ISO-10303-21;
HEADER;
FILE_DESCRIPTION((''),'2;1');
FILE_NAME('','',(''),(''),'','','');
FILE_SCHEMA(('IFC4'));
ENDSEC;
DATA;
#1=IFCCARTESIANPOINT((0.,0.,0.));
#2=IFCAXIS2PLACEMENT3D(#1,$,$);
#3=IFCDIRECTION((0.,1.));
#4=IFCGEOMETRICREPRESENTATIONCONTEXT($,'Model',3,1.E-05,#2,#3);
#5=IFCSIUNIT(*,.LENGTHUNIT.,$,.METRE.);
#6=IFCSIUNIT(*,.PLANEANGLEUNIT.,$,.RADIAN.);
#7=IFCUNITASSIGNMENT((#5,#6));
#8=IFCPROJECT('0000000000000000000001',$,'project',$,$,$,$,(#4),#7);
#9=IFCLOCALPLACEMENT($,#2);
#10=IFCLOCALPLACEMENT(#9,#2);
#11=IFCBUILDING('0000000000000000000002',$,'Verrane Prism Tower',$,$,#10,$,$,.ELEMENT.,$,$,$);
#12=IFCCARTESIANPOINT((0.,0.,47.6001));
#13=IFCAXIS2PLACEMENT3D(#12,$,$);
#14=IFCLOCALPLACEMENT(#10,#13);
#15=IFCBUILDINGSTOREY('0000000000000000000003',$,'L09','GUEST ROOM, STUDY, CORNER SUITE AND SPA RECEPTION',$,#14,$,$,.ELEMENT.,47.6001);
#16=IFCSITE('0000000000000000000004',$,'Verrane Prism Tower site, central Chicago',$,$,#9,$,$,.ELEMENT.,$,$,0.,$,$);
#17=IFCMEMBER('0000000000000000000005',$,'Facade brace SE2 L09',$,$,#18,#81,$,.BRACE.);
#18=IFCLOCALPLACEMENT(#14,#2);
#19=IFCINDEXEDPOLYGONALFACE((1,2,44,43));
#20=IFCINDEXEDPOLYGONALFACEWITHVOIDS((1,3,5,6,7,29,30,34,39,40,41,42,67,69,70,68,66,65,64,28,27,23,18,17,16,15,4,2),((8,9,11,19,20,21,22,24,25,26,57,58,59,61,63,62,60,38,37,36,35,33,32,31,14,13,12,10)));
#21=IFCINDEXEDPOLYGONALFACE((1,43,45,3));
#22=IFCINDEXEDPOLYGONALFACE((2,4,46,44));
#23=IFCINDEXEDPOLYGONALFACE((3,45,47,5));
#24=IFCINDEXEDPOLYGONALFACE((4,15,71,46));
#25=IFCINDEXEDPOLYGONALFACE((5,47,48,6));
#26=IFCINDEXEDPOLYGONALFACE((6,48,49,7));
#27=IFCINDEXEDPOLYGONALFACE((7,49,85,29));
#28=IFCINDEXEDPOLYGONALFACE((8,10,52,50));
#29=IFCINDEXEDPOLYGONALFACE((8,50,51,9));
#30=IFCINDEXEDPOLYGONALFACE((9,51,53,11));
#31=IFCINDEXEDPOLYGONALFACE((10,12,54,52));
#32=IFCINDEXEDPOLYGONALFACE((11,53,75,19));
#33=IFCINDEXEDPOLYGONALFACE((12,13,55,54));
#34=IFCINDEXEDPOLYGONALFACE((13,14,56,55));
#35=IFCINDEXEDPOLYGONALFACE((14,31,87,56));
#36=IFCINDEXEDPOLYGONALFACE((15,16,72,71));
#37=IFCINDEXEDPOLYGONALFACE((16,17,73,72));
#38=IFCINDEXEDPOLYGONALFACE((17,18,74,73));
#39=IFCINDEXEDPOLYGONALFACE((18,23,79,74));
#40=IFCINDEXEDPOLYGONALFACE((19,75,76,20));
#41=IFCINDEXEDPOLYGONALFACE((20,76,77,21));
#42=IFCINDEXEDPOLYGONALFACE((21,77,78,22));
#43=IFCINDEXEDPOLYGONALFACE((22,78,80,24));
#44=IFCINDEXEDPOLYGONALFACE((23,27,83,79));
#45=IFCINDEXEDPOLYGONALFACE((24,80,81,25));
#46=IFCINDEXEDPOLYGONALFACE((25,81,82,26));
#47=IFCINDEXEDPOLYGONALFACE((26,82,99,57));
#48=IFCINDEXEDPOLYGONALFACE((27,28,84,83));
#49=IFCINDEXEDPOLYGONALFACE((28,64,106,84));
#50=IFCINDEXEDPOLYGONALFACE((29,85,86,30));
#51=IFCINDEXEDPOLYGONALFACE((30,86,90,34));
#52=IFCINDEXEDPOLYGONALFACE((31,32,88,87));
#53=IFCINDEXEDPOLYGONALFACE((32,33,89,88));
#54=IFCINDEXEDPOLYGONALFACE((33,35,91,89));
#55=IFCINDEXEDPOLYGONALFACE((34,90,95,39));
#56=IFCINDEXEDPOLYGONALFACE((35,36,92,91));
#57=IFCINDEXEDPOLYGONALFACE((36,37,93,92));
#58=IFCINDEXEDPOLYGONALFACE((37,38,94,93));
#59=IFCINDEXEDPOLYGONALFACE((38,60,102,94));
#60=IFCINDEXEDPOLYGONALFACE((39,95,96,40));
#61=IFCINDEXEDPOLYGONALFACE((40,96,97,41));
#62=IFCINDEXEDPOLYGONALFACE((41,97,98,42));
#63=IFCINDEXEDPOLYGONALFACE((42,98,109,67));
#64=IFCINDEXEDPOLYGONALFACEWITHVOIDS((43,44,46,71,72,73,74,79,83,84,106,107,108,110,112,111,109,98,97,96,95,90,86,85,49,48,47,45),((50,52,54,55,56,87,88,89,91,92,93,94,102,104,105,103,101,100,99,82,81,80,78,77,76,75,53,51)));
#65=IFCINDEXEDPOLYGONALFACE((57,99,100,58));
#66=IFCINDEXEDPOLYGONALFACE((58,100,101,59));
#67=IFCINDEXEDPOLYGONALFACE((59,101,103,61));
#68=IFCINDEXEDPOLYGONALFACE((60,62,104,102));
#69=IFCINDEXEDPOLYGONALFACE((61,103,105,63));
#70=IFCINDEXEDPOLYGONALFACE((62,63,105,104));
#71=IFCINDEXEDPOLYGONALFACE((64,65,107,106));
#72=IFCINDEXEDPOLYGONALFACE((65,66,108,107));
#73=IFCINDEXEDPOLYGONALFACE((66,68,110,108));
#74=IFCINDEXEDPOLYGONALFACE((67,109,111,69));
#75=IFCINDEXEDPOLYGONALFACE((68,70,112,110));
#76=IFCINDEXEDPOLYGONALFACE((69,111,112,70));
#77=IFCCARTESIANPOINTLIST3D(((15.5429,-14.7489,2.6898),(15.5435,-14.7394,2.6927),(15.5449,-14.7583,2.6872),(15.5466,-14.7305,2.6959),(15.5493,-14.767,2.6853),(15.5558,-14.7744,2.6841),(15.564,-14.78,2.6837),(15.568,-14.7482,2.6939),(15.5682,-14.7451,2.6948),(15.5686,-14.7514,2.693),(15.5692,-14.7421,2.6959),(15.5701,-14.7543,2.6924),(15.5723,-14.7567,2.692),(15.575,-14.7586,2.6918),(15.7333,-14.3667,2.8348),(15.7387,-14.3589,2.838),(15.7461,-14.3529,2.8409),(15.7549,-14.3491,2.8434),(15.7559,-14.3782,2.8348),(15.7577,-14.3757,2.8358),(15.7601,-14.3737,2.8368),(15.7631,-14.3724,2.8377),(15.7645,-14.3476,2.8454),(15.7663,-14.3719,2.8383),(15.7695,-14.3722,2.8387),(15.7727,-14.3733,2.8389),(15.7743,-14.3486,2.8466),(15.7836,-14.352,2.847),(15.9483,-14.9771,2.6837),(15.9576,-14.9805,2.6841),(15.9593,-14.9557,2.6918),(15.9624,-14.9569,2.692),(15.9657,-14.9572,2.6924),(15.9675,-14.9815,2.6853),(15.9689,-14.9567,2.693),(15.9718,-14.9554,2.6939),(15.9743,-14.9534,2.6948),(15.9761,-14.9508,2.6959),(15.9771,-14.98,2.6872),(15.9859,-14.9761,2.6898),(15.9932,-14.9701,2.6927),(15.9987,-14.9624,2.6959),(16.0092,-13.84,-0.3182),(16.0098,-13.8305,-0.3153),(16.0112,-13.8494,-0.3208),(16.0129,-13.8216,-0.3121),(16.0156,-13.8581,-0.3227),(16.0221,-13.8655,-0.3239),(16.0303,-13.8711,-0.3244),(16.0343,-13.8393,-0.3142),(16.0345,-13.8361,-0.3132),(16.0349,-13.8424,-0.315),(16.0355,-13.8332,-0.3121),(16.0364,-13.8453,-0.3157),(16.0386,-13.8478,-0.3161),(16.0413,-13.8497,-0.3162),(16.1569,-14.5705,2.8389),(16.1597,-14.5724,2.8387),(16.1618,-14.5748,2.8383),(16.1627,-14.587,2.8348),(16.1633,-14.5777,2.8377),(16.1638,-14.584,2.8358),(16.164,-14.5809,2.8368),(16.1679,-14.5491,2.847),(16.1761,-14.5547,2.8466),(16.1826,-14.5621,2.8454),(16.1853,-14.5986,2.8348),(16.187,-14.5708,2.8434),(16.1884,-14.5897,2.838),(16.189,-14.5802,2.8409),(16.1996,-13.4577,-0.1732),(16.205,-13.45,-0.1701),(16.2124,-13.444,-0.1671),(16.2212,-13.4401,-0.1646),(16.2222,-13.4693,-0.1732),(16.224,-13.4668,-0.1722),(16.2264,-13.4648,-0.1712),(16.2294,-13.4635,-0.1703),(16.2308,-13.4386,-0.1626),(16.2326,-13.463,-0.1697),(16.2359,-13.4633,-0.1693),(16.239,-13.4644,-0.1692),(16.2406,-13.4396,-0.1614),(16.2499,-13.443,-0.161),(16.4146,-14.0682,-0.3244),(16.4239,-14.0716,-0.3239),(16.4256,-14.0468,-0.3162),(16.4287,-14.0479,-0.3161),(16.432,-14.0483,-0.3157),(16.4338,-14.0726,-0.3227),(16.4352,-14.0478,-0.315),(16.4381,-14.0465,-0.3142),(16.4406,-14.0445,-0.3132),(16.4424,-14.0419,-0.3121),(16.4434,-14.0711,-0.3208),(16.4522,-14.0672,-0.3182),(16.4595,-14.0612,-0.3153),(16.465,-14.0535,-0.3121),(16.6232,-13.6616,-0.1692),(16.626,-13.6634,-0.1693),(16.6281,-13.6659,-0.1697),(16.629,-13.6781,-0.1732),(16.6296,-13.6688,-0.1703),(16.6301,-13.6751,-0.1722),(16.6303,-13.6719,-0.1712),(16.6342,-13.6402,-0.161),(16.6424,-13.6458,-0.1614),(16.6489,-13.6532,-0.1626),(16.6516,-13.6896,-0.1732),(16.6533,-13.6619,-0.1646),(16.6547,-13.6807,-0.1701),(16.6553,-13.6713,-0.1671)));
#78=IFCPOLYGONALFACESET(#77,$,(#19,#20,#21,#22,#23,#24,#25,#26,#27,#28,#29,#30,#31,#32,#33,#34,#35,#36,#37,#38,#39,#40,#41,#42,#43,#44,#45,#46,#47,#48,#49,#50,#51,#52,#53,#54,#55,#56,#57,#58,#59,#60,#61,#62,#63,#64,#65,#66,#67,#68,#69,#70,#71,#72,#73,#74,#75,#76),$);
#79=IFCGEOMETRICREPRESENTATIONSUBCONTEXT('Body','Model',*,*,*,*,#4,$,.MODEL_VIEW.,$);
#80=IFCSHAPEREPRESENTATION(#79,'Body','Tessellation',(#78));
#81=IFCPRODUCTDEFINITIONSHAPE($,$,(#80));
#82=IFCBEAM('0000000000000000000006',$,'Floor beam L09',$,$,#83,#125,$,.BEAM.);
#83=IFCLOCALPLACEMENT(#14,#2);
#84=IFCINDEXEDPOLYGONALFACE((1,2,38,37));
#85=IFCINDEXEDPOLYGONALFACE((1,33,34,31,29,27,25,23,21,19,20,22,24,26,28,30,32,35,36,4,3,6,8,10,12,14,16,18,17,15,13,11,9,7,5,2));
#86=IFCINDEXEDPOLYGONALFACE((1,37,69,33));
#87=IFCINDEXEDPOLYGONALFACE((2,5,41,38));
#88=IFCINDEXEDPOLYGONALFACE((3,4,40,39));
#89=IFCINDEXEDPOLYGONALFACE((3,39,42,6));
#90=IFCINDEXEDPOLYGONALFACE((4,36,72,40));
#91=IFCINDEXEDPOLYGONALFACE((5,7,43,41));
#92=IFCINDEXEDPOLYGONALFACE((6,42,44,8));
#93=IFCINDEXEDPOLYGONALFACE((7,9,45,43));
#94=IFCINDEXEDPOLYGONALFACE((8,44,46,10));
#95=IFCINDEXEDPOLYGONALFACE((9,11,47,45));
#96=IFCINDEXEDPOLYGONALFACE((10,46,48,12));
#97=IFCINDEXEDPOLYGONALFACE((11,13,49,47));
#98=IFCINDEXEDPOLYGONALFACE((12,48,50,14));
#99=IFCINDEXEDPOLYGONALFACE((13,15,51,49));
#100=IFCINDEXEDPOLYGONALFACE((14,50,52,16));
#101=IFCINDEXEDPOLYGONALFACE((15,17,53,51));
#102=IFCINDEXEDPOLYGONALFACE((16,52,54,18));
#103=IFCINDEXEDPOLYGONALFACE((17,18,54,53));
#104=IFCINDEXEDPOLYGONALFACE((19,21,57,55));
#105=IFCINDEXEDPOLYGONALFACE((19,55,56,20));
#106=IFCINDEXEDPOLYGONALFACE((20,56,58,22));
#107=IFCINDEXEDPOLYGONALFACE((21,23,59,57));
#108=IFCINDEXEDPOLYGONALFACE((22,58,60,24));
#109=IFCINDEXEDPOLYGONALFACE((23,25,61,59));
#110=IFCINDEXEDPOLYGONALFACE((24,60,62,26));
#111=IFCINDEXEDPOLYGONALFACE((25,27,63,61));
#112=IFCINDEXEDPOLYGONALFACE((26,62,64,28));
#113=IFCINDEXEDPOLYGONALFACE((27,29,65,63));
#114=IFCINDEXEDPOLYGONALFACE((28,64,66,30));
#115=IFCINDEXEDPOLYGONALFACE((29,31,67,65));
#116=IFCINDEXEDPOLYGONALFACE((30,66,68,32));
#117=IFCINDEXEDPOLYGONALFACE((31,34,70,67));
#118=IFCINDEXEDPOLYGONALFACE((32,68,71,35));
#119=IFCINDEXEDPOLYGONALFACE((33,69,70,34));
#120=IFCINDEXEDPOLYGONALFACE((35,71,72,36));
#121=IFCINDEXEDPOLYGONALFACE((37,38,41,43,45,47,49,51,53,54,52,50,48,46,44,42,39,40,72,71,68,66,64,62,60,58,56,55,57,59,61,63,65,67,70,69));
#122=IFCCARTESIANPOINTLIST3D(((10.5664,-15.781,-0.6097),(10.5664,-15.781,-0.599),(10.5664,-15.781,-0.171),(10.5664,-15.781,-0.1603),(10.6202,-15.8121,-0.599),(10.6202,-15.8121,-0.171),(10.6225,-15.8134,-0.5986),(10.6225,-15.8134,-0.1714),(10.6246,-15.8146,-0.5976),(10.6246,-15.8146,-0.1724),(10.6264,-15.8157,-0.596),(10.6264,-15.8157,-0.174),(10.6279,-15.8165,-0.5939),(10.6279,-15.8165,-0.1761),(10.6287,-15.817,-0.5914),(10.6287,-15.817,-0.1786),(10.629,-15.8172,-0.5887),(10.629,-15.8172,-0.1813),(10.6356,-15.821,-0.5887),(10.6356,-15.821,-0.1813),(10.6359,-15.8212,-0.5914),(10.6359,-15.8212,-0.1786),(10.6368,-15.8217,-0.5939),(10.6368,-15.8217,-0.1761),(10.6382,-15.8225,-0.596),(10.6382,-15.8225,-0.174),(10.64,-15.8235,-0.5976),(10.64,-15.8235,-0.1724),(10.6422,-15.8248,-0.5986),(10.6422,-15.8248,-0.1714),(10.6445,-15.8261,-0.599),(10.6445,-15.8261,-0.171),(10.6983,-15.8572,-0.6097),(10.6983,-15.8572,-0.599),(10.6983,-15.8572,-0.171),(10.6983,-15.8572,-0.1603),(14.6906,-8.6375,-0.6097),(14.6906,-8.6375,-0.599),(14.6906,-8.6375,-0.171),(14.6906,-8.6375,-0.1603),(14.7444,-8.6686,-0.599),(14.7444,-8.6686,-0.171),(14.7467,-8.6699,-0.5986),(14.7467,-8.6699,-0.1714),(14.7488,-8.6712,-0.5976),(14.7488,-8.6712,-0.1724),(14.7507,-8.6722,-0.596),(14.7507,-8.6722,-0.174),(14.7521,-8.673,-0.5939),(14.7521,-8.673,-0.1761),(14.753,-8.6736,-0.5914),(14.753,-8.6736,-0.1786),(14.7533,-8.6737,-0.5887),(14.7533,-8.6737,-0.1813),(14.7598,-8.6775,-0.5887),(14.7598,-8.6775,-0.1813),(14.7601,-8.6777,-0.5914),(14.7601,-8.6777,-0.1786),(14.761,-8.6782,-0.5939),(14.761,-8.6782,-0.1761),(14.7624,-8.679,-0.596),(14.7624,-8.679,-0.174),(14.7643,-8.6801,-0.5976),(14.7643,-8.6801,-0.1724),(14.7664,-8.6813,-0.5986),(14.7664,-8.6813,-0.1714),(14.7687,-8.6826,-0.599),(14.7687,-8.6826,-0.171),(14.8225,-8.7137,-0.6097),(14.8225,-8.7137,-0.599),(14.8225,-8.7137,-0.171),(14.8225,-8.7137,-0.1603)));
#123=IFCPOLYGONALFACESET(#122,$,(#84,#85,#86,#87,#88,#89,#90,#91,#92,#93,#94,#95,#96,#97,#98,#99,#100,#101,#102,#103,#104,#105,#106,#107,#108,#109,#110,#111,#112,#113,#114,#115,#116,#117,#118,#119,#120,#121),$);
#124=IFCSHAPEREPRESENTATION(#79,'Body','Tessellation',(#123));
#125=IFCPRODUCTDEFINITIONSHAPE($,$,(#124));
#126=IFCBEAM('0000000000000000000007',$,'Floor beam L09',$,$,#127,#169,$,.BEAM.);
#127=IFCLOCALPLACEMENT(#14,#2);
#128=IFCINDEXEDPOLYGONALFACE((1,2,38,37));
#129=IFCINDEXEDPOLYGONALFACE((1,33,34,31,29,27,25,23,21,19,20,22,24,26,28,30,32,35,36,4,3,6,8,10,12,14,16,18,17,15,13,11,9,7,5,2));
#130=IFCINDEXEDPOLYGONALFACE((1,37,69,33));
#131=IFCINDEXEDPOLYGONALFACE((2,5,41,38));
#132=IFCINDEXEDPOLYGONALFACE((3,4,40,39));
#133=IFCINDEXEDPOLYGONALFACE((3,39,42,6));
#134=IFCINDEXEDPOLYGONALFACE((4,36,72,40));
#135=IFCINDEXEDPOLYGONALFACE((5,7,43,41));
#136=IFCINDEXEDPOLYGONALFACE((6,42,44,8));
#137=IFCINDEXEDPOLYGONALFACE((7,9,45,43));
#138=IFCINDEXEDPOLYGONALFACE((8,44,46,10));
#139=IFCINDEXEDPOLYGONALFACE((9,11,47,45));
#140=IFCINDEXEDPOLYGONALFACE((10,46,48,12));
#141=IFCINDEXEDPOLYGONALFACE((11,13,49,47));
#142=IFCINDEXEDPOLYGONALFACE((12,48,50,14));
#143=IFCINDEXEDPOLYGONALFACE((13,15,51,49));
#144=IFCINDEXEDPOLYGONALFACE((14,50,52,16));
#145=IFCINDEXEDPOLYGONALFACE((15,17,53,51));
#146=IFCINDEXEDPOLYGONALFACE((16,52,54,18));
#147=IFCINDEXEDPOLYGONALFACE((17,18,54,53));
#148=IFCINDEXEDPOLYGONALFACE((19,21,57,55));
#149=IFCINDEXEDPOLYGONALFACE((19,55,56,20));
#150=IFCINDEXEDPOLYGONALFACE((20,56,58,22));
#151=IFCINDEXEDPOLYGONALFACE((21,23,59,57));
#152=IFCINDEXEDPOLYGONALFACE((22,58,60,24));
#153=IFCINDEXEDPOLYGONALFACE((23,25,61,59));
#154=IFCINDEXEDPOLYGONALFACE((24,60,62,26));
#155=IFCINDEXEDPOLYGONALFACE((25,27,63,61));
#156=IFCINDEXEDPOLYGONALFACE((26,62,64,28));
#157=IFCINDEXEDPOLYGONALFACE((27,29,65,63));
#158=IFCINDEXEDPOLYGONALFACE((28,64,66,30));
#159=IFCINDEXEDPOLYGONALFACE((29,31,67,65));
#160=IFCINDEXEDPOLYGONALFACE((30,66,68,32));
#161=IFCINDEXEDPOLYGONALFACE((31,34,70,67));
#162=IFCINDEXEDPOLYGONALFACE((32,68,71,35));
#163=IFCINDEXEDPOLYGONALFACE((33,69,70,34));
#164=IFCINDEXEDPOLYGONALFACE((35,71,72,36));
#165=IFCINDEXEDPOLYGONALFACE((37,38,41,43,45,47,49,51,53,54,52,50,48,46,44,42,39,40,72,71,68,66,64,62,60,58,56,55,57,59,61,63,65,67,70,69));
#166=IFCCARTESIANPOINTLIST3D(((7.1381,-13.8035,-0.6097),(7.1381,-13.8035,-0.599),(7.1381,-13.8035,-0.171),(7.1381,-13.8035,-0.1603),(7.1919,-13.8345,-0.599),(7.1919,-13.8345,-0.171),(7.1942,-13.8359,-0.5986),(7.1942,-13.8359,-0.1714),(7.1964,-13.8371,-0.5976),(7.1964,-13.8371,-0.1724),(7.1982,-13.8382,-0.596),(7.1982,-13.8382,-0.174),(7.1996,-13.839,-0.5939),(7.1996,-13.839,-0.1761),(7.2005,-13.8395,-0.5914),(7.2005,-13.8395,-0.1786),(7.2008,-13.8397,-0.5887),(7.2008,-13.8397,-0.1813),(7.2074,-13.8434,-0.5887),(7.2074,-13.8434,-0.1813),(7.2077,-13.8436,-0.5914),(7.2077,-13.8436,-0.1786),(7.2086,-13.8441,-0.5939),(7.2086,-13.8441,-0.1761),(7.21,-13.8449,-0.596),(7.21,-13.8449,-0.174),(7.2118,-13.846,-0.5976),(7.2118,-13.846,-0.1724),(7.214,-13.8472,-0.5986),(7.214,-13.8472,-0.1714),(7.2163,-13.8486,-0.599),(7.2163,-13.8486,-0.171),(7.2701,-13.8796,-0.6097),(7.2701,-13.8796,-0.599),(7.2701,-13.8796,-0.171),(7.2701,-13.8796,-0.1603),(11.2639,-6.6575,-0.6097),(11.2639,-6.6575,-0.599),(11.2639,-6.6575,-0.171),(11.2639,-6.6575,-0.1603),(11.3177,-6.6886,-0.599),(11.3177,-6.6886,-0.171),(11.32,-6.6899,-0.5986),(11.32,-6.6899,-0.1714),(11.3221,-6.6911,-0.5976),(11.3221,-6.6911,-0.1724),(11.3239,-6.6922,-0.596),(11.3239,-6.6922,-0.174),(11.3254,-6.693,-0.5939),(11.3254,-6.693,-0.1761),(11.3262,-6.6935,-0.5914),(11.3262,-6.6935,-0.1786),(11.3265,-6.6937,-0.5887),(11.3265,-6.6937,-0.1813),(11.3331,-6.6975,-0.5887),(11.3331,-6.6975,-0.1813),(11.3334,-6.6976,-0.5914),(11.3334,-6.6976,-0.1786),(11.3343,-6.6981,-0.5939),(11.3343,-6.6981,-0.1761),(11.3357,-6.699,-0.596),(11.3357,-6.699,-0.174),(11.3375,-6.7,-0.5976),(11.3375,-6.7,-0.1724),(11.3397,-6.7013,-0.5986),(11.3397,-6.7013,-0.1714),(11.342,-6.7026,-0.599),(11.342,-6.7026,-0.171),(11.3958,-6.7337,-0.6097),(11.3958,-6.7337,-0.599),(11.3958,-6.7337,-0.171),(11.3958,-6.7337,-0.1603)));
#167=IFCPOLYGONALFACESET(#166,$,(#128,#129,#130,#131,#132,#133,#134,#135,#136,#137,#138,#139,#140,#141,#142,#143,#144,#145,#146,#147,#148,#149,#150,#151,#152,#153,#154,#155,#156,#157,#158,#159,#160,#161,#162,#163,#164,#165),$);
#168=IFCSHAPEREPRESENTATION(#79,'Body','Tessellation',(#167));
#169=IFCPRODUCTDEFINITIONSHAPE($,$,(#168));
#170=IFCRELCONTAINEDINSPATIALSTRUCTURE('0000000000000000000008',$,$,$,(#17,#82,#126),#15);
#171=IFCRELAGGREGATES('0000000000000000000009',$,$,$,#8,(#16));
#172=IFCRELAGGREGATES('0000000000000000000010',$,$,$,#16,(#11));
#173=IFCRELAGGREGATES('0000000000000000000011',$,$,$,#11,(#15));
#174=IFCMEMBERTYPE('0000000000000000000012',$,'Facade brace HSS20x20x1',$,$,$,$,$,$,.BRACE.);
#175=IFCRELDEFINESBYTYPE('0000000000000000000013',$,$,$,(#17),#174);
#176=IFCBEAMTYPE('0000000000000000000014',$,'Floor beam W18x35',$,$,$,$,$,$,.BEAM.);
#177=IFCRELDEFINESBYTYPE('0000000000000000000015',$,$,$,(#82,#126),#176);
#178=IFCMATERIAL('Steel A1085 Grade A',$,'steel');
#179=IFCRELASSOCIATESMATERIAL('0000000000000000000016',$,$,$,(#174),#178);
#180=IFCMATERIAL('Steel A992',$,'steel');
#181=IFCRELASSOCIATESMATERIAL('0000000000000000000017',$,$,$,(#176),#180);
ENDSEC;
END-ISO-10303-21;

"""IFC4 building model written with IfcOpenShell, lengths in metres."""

from ifc_helpers import new_model, si_unit, direction, frame, origin, origin_2d, place, context, subcontext, project, spatial, hollow_rectangle, i_section, extrude, material, material_profile, profile_set, type_object, element, save


model = new_model("IFC4")

# Units and contexts
model_context = context("Model", 3, precision=1e-05, world=origin(), true_north=direction((0.0, 1.0)))
body_context = subcontext(model_context, "Body", "Model", "MODEL_VIEW")
ifc_project = project(units=[si_unit("LENGTHUNIT", "METRE"), si_unit("PLANEANGLEUNIT", "RADIAN")], contexts=[model_context])

# Site, building, storey
site_placement = place(None, origin())
site = spatial("IfcSite", under=ifc_project, at=site_placement, Name="Verrane Prism Tower site, central Chicago", CompositionType="ELEMENT", RefElevation=0.0)
building_placement = place(site_placement, origin())
building = spatial("IfcBuilding", under=site, at=building_placement, Name="Verrane Prism Tower", CompositionType="ELEMENT")
storey_placement = place(building_placement, frame((0.0, 0.0, 47.6001)))
storey = spatial("IfcBuildingStorey", under=building, at=storey_placement, Name="L09", Description="GUEST ROOM, STUDY, CORNER SUITE AND SPA RECEPTION", CompositionType="ELEMENT", Elevation=47.6001)

# Member
ifc_material_1 = material(Name="Steel A1085 Grade A", Category="steel")
ifc_material_profile_1 = material_profile(ifc_material_1, hollow_rectangle(XDim=0.5081, YDim=0.5081, WallThickness=0.0254, InnerFilletRadius=0.0127, OuterFilletRadius=0.0381, at=origin_2d()), Name="HSS20x20x1")
ifc_profile_set_1 = profile_set([ifc_material_profile_1], Name="Steel A1085 Grade A")
member_type_1 = type_object("IfcMemberType", Name="Facade brace HSS20x20x1", PredefinedType="BRACE", material=ifc_profile_set_1)
member_1_placement = place(storey_placement, frame((16.3323, -13.7556, -0.2427), z_axis=(-0.146786, -0.286117, 0.946885), x_axis=(0.889743, -0.456462, 0.0)))
element("IfcMember", 1, at=member_1_placement, inside=storey, type_object=member_type_1, Name="Facade brace SE2 L09", PredefinedType="BRACE", context=body_context, shape_type="SweptSolid", body=[
    extrude(hollow_rectangle(XDim=0.5081, YDim=0.5081, WallThickness=0.0254, InnerFilletRadius=0.0127, OuterFilletRadius=0.0381, at=origin_2d()), origin(), (0.0, 0.0, 1.0), 3.1768),
])

# Beams
ifc_material_2 = material(Name="Steel A992", Category="steel")
ifc_material_profile_2 = material_profile(ifc_material_2, i_section(OverallWidth=0.1523, OverallDepth=0.4495, WebThickness=0.0076, FlangeThickness=0.0107, FilletRadius=0.0103, at=origin_2d()), Name="W18x35")
ifc_profile_set_2 = profile_set([ifc_material_profile_2], Name="Steel A992")
beam_type_1 = type_object("IfcBeamType", Name="Floor beam W18x35", PredefinedType="BEAM", material=ifc_profile_set_2)
beam_1_placement = place(storey_placement, frame((10.6323, -15.8191, -0.385), z_axis=(0.499994, 0.866029, 0.0), x_axis=(-0.866029, 0.499994, 0.0)))
element("IfcBeam", 2, at=beam_1_placement, inside=storey, type_object=beam_type_1, Name="Floor beam L09", PredefinedType="BEAM", context=body_context, shape_type="SweptSolid", body=[
    extrude(i_section(OverallWidth=0.1523, OverallDepth=0.4495, WebThickness=0.0076, FlangeThickness=0.0107, FilletRadius=0.0103, at=origin_2d()), origin(), (0.0, 0.0, 1.0), 8.2485),
])
beam_2_placement = place(storey_placement, frame((7.2041, -13.8416, -0.385), z_axis=(0.499999, 0.866026, 0.0), x_axis=(-0.866026, 0.499999, 0.0)))
element("IfcBeam", 3, at=beam_2_placement, inside=storey, type_object=beam_type_1, Name="Floor beam L09", PredefinedType="BEAM", context=body_context, shape_type="SweptSolid", body=[
    extrude(i_section(OverallWidth=0.1523, OverallDepth=0.4495, WebThickness=0.0076, FlangeThickness=0.0107, FilletRadius=0.0103, at=origin_2d()), origin(), (0.0, 0.0, 1.0), 8.2515),
])

save(model, "model.ifc")
